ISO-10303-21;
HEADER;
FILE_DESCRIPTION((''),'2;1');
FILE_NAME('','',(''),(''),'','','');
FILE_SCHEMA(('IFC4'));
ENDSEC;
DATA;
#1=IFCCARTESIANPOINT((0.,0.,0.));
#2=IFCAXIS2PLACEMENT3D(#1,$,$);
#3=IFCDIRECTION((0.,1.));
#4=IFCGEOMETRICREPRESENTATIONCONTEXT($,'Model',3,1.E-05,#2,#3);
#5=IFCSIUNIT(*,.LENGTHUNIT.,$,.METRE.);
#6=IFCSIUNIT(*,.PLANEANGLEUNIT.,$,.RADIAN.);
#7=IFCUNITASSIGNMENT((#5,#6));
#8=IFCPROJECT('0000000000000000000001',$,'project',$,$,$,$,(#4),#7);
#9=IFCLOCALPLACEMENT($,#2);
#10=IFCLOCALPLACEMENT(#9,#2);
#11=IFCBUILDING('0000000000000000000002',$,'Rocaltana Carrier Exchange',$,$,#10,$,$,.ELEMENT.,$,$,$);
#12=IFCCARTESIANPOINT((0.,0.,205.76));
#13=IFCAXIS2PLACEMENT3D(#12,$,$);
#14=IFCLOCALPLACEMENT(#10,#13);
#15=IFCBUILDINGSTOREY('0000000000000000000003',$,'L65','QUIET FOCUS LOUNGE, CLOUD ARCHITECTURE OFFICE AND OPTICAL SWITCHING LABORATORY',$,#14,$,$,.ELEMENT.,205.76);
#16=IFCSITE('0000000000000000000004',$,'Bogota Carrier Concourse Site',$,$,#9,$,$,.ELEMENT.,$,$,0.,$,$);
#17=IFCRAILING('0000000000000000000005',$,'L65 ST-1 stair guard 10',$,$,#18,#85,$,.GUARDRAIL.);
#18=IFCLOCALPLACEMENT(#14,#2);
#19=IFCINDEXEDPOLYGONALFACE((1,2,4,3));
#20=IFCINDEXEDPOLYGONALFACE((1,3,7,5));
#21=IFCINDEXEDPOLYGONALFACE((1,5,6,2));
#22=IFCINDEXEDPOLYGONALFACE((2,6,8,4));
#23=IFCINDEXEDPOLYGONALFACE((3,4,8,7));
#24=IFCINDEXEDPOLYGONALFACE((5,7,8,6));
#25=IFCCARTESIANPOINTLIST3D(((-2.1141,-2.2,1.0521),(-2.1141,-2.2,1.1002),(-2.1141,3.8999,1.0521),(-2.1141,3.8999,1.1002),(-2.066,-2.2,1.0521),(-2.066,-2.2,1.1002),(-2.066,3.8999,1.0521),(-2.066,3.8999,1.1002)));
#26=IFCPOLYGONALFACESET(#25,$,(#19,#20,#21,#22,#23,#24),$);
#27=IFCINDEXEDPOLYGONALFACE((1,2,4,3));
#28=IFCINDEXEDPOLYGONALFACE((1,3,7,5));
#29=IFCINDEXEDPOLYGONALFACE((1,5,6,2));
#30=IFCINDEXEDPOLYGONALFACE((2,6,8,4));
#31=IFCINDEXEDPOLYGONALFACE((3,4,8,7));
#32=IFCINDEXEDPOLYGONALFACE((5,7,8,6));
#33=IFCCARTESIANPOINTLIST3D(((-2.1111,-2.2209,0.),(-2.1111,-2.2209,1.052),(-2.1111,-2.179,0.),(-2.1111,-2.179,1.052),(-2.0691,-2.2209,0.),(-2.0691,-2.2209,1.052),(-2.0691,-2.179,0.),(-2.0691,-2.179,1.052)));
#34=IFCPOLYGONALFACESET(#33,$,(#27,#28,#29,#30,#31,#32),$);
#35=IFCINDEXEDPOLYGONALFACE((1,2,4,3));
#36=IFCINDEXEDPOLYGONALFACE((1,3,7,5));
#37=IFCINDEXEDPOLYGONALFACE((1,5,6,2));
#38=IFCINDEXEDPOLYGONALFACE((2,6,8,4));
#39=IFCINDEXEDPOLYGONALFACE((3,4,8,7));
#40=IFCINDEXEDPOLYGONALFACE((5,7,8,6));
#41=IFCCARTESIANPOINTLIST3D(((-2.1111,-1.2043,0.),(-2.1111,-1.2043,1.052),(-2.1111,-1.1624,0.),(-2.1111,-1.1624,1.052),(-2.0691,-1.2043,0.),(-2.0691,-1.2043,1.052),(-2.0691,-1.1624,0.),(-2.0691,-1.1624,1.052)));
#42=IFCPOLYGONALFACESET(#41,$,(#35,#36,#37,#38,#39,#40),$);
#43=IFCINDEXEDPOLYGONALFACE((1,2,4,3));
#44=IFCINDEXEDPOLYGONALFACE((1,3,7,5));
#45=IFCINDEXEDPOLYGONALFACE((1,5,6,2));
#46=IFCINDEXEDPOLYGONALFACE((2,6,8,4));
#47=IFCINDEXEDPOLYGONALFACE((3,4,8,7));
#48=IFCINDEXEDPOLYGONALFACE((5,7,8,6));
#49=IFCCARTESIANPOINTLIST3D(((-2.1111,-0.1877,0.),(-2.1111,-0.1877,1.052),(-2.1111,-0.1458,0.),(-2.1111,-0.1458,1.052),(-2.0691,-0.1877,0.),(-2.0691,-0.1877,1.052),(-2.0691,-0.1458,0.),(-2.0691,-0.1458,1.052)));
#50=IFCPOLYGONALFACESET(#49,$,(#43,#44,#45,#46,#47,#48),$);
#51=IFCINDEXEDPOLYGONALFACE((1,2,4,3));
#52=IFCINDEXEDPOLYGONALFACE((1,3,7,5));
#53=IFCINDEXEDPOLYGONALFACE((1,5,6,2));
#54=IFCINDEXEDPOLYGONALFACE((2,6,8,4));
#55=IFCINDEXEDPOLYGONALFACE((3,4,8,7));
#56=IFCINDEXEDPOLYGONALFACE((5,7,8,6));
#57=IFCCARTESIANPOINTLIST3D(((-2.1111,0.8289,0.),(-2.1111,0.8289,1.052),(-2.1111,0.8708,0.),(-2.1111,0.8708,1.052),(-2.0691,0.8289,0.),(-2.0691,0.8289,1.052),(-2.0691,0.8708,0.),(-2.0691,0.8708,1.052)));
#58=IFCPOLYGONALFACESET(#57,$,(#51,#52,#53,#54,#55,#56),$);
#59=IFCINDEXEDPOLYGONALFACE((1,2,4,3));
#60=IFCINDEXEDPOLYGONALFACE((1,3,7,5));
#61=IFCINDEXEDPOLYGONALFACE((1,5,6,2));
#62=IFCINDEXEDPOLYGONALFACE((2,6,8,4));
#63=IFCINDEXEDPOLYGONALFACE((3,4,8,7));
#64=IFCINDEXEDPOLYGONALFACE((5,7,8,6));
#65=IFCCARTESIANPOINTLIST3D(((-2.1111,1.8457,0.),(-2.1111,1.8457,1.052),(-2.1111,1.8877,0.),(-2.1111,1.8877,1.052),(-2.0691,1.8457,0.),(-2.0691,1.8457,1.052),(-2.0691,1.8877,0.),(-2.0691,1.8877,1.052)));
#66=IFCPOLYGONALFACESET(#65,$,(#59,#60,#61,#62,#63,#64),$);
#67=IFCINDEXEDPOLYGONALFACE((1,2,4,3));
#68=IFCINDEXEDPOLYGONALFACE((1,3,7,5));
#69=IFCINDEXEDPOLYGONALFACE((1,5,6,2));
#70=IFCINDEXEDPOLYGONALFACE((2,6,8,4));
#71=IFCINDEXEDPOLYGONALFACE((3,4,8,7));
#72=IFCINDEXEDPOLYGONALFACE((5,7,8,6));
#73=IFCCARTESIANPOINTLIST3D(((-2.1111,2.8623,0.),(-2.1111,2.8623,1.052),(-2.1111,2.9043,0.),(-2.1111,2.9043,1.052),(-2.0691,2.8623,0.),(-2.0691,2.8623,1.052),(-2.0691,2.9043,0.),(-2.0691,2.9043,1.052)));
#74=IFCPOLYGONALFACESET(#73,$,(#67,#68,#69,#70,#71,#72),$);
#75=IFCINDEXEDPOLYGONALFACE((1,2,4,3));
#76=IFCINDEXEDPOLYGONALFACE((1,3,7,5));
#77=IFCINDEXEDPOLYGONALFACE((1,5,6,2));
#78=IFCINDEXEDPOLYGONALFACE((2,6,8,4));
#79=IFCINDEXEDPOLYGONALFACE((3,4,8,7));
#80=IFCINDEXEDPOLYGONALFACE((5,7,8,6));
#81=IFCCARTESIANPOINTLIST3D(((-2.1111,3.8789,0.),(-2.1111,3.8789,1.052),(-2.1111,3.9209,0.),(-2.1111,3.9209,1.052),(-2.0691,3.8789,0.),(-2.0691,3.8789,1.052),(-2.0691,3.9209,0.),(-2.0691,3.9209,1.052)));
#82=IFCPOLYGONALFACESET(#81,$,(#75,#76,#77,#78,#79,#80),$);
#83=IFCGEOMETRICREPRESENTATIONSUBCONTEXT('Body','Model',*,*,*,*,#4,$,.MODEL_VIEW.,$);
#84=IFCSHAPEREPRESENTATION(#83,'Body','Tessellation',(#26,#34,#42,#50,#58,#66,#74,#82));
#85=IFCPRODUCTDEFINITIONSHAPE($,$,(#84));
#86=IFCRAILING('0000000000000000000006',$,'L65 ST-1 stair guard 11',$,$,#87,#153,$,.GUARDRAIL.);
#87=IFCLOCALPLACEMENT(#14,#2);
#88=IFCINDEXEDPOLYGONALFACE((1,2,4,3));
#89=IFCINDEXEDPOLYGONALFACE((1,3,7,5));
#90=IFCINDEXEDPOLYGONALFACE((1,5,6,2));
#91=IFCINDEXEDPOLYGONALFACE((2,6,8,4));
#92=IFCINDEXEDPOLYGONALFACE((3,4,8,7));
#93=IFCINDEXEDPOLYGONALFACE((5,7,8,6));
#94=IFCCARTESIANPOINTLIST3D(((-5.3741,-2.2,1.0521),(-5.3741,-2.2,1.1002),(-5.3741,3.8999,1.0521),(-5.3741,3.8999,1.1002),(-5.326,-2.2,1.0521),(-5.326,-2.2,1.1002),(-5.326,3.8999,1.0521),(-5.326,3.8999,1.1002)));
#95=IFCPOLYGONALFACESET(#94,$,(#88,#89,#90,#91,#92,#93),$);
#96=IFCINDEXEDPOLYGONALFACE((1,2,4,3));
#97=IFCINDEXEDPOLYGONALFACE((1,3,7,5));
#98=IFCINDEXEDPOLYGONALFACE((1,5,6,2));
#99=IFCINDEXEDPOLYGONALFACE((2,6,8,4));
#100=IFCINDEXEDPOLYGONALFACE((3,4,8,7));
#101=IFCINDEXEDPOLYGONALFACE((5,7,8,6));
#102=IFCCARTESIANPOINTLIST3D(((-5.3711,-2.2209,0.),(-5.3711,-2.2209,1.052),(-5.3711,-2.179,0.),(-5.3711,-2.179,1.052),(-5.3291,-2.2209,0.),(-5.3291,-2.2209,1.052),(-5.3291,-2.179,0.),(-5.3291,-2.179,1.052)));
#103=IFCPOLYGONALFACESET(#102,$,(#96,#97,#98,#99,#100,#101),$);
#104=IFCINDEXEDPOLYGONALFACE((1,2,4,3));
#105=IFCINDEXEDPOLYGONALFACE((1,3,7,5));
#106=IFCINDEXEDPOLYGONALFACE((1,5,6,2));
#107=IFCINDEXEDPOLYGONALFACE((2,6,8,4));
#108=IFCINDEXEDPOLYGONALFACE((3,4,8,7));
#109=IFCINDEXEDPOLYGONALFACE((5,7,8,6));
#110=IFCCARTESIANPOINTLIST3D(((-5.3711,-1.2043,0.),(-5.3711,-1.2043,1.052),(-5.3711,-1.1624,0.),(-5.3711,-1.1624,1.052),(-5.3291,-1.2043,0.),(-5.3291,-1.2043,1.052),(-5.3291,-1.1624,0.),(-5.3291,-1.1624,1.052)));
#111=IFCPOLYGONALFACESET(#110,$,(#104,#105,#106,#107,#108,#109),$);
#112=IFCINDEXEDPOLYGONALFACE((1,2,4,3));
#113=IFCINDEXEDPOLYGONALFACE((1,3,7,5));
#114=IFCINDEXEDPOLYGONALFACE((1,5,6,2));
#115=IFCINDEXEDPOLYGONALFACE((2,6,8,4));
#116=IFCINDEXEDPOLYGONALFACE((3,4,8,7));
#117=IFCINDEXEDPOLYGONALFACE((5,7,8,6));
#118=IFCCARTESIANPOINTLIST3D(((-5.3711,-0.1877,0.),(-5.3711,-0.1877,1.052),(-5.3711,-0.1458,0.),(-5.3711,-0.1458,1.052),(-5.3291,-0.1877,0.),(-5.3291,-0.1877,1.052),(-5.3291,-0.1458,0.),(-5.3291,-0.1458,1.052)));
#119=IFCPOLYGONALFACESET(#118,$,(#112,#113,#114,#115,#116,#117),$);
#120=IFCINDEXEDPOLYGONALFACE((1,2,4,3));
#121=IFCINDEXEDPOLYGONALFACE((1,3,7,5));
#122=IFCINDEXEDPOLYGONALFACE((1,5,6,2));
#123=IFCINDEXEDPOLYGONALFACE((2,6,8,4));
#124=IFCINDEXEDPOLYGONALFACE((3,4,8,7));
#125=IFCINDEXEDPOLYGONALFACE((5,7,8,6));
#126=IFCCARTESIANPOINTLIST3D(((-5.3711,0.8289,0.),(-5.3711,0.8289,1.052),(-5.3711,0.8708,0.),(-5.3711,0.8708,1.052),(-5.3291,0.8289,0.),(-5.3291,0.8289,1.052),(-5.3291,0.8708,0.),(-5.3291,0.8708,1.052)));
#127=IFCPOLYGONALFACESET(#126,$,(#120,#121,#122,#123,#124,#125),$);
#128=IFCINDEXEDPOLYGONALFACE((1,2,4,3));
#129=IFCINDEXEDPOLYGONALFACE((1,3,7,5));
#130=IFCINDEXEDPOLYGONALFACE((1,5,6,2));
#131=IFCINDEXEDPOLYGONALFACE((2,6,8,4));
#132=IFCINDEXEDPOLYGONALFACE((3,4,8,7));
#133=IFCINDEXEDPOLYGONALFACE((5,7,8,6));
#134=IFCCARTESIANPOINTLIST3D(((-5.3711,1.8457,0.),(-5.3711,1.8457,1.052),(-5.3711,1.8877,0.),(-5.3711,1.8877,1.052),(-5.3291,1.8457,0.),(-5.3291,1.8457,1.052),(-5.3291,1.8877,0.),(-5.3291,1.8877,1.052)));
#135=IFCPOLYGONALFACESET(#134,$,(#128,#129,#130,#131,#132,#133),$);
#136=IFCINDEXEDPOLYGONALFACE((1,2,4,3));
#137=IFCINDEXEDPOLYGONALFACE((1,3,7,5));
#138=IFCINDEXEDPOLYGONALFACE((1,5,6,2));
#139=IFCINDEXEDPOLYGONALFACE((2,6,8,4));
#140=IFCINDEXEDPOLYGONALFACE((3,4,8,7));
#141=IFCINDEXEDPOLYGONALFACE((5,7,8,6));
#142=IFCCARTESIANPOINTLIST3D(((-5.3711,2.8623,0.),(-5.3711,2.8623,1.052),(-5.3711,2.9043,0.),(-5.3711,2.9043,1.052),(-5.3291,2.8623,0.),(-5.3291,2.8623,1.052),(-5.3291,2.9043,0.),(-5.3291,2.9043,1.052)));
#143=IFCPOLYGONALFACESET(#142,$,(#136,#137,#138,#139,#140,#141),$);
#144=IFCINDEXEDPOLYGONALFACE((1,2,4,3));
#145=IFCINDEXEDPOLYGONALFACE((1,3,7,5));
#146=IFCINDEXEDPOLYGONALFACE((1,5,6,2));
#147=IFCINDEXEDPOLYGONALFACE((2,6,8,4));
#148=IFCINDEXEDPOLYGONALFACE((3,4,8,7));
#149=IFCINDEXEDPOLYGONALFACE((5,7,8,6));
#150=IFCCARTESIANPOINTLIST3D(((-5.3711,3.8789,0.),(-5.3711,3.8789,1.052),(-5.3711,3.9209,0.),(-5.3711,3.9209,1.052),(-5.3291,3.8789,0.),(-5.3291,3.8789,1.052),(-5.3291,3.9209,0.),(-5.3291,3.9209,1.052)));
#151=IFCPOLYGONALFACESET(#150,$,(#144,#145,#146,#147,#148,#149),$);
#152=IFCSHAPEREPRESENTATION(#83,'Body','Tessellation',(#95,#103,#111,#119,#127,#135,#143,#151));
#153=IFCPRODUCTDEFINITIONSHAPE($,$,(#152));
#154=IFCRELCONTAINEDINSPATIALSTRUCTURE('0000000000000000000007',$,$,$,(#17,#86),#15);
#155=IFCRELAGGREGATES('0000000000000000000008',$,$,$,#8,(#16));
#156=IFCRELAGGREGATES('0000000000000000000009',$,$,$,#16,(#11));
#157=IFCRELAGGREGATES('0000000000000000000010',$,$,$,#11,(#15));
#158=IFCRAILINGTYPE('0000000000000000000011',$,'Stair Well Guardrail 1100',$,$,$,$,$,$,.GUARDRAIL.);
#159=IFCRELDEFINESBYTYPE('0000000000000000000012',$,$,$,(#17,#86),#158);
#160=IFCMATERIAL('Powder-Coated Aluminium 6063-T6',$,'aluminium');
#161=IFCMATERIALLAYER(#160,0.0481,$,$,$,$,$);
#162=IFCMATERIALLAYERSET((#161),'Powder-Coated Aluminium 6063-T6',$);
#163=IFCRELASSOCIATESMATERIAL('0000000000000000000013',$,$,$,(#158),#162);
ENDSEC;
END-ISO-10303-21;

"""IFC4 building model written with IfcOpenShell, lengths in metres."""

from ifc_helpers import new_model, si_unit, direction, frame, origin, origin_2d, place, context, subcontext, project, spatial, rectangle, extrude, material, layer, layer_set, type_object, element, save


model = new_model("IFC4")

# Units and contexts
model_context = context("Model", 3, precision=1e-05, world=origin(), true_north=direction((0.0, 1.0)))
body_context = subcontext(model_context, "Body", "Model", "MODEL_VIEW")
ifc_project = project(units=[si_unit("LENGTHUNIT", "METRE"), si_unit("PLANEANGLEUNIT", "RADIAN")], contexts=[model_context])

# Site, building, storey
site_placement = place(None, origin())
site = spatial("IfcSite", under=ifc_project, at=site_placement, Name="Bogota Carrier Concourse Site", CompositionType="ELEMENT", RefElevation=0.0)
building_placement = place(site_placement, origin())
building = spatial("IfcBuilding", under=site, at=building_placement, Name="Rocaltana Carrier Exchange", CompositionType="ELEMENT")
storey_placement = place(building_placement, frame((0.0, 0.0, 205.76)))
storey = spatial("IfcBuildingStorey", under=building, at=storey_placement, Name="L65", Description="QUIET FOCUS LOUNGE, CLOUD ARCHITECTURE OFFICE AND OPTICAL SWITCHING LABORATORY", CompositionType="ELEMENT", Elevation=205.76)

# Railings
ifc_material_1 = material(Name="Powder-Coated Aluminium 6063-T6", Category="aluminium")
ifc_layer_1 = layer(ifc_material_1, 0.0481)
ifc_layer_set_1 = layer_set([ifc_layer_1], Name="Powder-Coated Aluminium 6063-T6")
railing_type_1 = type_object("IfcRailingType", Name="Stair Well Guardrail 1100", PredefinedType="GUARDRAIL", material=ifc_layer_set_1)
for number, where, name in (
    (1, (-2.0901, -2.2, 0.0), "L65 ST-1 stair guard 10"),
    (2, (-5.3501, -2.2, 0.0), "L65 ST-1 stair guard 11"),
):
    element("IfcRailing", number, at=place(storey_placement, frame(where)), inside=storey, type_object=railing_type_1, Name=name, PredefinedType="GUARDRAIL", context=body_context, shape_type="SweptSolid", body=[
        extrude(rectangle(XDim=0.0481, YDim=0.0481, at=origin_2d()), frame((0.0, 0.0, 1.0762), z_axis=(0.0, 1.0, 0.0), x_axis=(-1.0, 0.0, 0.0)), (0.0, 0.0, 1.0), 6.0999),
        extrude(rectangle(XDim=0.042, YDim=0.042, at=origin_2d()), origin(), (0.0, 0.0, 1.0), 1.052),
        extrude(rectangle(XDim=0.042, YDim=0.042, at=origin_2d()), frame((0.0, 1.0166, 0.0)), (0.0, 0.0, 1.0), 1.052),
        extrude(rectangle(XDim=0.042, YDim=0.042, at=origin_2d()), frame((0.0, 2.0332, 0.0)), (0.0, 0.0, 1.0), 1.052),
        extrude(rectangle(XDim=0.042, YDim=0.042, at=origin_2d()), frame((0.0, 3.0498, 0.0)), (0.0, 0.0, 1.0), 1.052),
        extrude(rectangle(XDim=0.042, YDim=0.042, at=origin_2d()), frame((0.0, 4.0667, 0.0)), (0.0, 0.0, 1.0), 1.052),
        extrude(rectangle(XDim=0.042, YDim=0.042, at=origin_2d()), frame((0.0, 5.0833, 0.0)), (0.0, 0.0, 1.0), 1.052),
        extrude(rectangle(XDim=0.042, YDim=0.042, at=origin_2d()), frame((0.0, 6.0999, 0.0)), (0.0, 0.0, 1.0), 1.052),
    ])

save(model, "model.ifc")
